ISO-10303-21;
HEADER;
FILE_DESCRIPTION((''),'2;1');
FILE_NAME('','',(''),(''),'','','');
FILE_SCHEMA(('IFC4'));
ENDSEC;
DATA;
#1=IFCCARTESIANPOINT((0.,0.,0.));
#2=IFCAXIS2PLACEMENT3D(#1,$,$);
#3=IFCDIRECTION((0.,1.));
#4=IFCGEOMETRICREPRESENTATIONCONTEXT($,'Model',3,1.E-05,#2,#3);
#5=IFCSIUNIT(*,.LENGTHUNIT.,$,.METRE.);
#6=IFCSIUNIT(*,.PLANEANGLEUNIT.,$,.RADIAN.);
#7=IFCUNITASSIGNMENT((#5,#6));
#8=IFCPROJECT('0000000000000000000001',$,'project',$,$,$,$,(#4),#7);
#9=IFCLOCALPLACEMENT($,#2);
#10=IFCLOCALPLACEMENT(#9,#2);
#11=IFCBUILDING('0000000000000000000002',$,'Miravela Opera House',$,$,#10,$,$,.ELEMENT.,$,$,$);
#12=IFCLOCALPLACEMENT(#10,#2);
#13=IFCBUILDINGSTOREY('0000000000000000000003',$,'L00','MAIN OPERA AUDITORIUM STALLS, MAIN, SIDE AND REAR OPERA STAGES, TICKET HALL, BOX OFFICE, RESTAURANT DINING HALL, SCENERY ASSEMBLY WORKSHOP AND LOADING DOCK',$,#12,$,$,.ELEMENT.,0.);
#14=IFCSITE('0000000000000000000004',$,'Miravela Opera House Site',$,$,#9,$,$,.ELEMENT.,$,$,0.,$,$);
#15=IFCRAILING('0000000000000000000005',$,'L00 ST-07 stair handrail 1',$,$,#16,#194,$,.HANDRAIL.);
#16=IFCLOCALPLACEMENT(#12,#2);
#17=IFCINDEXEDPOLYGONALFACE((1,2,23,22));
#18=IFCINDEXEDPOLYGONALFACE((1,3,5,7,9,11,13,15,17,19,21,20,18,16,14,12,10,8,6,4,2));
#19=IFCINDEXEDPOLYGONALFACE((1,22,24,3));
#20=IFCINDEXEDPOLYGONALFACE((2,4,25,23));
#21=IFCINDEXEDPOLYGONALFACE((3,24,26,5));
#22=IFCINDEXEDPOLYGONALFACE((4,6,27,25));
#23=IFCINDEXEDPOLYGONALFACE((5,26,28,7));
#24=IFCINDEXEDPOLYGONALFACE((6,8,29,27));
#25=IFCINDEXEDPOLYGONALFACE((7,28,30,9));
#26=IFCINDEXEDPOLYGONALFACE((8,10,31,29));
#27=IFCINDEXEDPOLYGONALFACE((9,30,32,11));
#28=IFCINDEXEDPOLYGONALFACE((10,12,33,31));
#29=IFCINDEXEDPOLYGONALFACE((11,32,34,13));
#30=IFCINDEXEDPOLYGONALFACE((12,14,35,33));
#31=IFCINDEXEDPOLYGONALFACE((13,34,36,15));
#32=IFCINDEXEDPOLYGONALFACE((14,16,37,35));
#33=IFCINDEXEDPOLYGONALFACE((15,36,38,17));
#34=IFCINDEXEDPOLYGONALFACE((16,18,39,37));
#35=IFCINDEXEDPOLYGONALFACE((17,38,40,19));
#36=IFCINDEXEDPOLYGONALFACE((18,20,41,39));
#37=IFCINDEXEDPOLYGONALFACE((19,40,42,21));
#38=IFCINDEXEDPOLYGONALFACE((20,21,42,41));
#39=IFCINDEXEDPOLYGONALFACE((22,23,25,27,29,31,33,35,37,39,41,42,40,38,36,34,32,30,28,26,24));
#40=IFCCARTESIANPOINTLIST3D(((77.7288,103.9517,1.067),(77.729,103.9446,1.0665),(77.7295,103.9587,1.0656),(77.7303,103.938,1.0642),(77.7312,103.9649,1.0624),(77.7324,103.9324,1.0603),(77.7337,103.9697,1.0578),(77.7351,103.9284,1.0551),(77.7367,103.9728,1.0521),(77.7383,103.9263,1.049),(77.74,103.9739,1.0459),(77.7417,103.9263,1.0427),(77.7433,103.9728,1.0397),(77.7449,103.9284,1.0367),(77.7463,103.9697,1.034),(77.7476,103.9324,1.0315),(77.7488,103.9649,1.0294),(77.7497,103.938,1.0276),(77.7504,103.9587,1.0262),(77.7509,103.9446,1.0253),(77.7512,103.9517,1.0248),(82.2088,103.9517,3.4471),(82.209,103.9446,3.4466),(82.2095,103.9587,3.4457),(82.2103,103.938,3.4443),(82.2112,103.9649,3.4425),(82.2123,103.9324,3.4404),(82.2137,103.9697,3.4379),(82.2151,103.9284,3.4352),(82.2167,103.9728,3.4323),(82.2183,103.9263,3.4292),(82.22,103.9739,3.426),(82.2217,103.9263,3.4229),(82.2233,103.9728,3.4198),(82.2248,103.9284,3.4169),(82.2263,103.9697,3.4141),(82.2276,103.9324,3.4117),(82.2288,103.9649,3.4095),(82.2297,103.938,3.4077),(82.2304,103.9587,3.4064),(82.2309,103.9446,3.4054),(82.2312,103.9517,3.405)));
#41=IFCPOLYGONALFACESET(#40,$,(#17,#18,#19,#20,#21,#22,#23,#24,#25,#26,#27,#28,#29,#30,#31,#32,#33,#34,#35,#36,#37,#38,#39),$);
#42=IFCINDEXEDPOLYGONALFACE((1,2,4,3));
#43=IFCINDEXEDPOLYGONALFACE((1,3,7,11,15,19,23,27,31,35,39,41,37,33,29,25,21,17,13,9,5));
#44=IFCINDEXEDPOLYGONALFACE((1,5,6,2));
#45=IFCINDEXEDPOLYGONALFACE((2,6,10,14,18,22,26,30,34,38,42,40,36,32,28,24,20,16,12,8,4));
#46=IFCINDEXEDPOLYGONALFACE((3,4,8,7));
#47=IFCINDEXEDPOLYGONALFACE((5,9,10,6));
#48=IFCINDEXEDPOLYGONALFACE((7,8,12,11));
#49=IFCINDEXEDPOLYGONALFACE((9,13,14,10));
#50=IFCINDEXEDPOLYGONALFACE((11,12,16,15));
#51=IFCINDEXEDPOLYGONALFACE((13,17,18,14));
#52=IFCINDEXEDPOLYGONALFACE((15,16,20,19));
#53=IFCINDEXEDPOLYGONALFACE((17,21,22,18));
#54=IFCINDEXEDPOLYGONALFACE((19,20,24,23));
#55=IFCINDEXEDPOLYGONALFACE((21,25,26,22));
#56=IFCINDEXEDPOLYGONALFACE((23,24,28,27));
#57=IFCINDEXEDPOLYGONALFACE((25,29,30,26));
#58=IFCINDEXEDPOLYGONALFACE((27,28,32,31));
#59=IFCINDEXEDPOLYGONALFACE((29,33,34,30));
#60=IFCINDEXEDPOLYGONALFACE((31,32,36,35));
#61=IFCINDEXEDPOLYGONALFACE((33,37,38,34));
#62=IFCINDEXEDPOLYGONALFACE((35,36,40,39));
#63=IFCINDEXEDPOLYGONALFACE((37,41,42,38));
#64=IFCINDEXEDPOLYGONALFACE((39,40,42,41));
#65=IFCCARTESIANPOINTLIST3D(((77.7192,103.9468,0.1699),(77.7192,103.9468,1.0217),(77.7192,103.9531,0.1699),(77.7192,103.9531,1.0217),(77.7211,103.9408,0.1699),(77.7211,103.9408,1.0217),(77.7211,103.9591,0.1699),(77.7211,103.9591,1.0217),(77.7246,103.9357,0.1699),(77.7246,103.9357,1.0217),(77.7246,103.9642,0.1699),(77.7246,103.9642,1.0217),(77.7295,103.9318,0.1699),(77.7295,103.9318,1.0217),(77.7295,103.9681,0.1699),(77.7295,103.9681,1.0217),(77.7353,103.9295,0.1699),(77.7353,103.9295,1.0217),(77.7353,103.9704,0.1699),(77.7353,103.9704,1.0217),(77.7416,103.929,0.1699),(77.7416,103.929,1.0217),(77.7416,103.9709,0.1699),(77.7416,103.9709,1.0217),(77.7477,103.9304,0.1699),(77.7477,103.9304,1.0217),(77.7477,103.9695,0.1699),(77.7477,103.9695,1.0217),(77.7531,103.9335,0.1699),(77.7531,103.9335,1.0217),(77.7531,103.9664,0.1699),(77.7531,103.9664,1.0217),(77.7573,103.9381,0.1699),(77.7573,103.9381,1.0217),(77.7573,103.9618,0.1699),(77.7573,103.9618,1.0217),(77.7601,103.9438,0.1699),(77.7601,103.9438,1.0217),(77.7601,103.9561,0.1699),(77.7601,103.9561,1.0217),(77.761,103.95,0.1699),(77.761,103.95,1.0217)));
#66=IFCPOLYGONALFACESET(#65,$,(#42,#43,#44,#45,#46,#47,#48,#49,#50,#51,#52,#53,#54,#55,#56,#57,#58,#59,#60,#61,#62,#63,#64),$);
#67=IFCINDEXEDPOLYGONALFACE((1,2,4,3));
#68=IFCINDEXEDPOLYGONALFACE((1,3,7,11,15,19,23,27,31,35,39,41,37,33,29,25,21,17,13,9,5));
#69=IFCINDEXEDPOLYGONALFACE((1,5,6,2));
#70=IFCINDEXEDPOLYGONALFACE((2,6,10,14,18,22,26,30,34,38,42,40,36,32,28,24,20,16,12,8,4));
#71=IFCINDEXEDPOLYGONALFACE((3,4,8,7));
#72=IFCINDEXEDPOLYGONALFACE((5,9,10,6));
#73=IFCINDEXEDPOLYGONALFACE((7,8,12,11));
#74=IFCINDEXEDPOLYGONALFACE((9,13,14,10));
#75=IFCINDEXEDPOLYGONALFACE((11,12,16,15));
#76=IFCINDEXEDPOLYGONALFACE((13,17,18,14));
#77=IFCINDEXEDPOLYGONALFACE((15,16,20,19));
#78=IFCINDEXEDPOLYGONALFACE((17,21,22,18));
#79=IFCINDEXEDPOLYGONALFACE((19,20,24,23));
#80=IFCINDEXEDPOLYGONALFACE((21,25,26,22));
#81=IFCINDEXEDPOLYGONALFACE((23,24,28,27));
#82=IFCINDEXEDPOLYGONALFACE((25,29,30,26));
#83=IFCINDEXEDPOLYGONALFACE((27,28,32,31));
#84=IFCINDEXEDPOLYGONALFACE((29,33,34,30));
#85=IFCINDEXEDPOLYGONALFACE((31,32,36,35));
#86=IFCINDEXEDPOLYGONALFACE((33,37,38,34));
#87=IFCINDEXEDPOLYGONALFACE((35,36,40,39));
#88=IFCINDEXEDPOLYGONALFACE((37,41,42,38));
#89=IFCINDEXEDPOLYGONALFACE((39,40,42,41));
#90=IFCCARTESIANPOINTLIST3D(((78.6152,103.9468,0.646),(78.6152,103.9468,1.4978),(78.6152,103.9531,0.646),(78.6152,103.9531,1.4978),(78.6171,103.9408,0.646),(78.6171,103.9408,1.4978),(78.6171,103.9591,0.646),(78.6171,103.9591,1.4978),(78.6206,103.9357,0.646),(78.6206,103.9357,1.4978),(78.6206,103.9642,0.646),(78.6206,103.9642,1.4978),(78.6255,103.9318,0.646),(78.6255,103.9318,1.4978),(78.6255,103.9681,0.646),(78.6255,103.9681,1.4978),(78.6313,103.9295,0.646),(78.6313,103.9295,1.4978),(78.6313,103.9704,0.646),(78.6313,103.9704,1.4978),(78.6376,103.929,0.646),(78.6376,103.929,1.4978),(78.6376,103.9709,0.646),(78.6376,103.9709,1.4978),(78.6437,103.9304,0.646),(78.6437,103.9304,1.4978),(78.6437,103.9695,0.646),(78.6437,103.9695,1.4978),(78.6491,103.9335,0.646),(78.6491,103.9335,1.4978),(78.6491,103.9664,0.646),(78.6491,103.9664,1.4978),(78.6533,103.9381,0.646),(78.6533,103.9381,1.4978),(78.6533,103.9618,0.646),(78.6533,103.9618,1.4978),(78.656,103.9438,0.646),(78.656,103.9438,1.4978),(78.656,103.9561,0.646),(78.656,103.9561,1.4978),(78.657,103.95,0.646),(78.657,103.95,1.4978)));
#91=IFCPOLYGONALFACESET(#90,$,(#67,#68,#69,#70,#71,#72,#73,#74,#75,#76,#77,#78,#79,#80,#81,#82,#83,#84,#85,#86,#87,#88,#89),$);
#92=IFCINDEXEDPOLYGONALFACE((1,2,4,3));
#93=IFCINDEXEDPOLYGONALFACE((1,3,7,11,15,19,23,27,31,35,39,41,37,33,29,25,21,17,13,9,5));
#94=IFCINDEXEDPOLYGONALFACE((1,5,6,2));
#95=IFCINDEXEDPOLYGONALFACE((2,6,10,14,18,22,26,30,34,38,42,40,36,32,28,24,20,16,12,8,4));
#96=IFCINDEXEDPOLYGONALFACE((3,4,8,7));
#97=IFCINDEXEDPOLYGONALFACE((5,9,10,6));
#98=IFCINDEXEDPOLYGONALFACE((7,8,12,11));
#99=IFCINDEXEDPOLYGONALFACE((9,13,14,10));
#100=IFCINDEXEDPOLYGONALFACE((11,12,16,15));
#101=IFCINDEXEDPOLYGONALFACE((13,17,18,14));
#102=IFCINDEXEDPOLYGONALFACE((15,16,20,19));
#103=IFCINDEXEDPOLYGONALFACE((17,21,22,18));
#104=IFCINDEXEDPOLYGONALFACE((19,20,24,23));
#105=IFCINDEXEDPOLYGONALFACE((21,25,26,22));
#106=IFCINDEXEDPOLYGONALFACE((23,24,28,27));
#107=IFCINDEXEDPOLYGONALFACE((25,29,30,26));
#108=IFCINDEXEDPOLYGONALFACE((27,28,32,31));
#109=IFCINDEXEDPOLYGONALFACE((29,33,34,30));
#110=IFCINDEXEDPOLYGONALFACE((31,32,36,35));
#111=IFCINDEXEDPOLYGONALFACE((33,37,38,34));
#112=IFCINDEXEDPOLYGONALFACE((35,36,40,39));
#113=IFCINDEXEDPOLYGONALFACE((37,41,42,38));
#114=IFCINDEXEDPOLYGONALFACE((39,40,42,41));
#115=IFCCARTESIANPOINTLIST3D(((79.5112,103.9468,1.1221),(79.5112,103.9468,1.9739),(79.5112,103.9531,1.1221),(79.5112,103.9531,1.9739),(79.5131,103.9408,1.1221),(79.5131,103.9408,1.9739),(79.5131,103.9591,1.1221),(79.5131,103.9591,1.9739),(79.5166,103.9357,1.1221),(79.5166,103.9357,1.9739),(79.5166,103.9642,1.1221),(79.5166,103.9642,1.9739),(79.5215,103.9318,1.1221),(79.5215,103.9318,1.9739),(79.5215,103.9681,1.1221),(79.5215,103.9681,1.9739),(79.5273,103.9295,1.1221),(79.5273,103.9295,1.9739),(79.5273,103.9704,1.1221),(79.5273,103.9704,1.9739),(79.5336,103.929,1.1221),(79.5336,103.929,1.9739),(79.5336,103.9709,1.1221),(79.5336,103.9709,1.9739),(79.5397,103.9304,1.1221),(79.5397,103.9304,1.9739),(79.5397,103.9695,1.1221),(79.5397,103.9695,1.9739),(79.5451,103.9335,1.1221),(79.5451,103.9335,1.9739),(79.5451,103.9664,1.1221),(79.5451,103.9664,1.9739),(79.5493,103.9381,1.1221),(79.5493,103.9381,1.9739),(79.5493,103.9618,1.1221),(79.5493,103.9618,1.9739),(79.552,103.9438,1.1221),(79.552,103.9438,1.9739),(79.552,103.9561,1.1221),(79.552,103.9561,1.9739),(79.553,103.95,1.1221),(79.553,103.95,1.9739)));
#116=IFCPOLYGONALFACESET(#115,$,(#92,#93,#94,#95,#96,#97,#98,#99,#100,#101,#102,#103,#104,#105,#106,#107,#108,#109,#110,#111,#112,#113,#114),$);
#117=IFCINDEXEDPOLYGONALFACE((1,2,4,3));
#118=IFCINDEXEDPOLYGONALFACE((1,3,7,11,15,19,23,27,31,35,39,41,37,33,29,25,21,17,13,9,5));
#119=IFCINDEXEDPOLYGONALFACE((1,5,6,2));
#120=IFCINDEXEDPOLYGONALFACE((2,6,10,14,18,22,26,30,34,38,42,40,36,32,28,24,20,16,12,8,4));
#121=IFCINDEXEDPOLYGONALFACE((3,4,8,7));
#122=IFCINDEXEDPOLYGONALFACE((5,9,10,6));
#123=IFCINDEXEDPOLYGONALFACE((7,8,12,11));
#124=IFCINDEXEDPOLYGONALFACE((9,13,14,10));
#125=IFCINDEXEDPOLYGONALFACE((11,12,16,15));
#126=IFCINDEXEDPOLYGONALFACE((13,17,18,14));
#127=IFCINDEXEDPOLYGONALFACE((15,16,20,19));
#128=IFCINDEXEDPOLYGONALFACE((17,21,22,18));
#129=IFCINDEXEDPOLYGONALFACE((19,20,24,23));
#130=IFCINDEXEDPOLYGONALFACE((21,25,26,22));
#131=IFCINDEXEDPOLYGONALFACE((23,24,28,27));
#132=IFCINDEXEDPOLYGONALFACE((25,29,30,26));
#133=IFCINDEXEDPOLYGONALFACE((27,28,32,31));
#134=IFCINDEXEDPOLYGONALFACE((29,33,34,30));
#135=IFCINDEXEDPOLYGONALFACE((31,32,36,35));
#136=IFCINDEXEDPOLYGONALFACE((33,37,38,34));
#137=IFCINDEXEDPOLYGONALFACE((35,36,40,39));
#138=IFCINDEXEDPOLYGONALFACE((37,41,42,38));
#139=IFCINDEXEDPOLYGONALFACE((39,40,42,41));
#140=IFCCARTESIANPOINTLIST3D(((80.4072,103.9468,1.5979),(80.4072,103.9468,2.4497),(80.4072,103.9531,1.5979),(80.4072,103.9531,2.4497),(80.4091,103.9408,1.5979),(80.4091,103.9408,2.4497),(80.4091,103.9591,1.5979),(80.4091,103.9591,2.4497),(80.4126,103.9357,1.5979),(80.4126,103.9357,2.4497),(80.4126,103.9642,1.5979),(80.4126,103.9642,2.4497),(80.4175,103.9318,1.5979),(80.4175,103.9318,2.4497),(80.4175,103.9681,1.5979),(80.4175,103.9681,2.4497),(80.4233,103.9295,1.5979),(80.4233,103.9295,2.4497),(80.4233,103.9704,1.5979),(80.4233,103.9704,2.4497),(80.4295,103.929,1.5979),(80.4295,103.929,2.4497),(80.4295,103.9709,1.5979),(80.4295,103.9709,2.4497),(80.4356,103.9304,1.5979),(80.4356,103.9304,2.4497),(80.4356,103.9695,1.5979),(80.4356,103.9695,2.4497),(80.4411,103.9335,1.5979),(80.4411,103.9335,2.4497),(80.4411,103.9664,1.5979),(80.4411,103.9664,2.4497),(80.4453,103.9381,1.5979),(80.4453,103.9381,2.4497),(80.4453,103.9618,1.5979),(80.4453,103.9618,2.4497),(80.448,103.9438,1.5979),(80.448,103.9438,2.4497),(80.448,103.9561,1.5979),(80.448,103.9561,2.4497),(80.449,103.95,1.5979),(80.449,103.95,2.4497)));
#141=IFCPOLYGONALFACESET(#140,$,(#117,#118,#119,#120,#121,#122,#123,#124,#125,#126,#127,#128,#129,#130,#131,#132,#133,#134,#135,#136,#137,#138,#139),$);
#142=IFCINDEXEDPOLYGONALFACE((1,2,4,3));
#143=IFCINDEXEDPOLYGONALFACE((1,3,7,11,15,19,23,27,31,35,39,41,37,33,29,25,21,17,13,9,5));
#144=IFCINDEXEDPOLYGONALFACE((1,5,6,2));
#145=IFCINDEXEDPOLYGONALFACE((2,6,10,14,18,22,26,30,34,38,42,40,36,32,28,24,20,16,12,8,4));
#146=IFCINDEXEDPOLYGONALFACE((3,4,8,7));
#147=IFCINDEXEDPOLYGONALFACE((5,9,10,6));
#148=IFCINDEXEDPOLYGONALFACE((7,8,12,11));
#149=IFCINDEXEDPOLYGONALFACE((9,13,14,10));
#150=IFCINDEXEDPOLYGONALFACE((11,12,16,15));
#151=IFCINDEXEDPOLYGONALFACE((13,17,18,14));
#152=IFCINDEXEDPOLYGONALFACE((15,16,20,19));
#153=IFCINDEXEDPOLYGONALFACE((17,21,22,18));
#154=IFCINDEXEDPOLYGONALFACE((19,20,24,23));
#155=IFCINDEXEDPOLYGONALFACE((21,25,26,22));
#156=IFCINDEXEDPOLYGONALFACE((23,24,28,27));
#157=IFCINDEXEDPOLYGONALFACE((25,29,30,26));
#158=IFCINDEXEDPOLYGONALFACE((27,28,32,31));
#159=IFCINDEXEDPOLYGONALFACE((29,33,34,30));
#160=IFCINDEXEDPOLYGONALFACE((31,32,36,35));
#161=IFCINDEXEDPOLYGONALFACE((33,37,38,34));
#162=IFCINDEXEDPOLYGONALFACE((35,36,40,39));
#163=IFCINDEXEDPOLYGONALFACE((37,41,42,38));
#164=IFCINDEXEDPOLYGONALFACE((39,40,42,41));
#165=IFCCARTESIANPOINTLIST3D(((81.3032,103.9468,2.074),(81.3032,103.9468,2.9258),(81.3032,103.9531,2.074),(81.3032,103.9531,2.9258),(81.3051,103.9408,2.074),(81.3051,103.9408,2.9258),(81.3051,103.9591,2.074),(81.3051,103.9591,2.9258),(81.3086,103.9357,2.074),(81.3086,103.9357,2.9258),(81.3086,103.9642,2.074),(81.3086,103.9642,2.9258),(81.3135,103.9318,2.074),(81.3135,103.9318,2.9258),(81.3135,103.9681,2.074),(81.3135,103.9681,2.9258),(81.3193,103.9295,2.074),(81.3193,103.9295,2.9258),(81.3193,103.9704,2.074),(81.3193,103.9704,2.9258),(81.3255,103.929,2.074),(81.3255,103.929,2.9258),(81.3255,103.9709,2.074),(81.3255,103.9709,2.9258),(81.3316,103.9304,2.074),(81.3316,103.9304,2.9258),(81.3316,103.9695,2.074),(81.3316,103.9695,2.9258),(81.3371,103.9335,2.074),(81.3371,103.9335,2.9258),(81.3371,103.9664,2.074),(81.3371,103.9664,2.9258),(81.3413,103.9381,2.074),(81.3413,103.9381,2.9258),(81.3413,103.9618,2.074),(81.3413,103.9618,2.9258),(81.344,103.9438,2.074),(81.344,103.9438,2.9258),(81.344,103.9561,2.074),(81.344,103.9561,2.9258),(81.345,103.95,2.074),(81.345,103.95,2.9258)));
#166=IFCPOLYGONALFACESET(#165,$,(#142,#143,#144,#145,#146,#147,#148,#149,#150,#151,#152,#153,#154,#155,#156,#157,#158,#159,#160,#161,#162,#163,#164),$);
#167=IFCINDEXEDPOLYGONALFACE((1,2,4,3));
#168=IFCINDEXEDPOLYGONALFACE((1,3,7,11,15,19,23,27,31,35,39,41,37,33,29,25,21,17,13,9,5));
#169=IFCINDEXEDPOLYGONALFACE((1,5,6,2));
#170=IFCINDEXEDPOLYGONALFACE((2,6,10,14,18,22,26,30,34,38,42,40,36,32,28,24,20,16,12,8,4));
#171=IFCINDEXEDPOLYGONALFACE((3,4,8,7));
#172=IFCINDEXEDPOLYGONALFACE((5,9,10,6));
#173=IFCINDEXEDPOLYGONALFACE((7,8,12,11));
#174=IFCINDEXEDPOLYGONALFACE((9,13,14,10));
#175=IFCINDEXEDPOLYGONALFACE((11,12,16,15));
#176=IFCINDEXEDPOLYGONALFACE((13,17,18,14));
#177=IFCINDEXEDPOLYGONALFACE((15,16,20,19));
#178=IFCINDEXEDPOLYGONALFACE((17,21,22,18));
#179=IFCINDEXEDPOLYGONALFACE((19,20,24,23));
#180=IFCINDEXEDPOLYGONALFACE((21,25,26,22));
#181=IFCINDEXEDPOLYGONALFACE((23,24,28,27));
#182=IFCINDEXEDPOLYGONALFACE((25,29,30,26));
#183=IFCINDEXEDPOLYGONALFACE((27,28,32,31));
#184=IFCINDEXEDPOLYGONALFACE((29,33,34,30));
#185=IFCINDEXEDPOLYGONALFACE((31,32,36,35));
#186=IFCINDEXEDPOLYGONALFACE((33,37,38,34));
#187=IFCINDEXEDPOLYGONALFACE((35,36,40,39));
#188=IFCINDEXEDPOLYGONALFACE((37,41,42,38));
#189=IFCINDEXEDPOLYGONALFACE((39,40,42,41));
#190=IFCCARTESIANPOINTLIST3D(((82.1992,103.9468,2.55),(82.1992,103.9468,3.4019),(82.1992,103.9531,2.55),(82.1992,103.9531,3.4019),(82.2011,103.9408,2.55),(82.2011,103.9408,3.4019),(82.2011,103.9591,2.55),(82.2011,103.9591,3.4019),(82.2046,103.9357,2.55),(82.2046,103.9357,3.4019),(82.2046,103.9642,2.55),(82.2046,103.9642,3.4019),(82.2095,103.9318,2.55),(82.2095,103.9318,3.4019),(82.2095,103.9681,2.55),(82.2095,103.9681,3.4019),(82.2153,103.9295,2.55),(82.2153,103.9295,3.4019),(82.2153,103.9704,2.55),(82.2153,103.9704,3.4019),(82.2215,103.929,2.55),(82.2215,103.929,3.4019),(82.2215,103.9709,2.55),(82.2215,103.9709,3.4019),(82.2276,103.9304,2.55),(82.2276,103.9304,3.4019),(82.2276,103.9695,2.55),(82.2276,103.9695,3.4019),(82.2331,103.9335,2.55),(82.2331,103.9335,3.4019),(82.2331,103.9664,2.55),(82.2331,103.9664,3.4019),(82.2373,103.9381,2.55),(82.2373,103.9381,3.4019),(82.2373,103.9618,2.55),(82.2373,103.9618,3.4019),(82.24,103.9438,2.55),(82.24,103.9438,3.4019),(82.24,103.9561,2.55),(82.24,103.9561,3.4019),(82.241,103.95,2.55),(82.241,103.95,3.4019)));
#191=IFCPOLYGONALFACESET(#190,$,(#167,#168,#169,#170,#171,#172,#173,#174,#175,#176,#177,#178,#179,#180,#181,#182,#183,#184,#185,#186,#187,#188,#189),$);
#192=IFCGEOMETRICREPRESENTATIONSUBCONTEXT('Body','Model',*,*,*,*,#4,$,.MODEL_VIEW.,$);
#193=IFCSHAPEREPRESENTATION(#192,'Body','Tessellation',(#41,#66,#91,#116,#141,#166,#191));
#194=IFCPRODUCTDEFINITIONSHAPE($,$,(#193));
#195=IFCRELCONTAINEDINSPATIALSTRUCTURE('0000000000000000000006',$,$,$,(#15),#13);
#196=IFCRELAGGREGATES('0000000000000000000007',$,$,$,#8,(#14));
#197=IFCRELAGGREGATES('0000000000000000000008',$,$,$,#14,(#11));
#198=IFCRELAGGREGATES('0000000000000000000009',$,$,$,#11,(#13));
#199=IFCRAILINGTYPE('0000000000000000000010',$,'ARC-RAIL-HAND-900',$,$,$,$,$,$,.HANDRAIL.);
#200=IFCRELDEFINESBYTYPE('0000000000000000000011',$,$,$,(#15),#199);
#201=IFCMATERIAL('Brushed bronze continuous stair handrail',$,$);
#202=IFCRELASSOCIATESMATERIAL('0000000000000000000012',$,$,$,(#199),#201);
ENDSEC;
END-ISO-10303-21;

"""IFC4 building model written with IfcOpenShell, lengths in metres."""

from ifc_helpers import new_model, si_unit, direction, frame, origin, origin_2d, place, context, subcontext, project, spatial, circle, extrude, material, type_object, element, save


model = new_model("IFC4")

# Units and contexts
model_context = context("Model", 3, precision=1e-05, world=origin(), true_north=direction((0.0, 1.0)))
body_context = subcontext(model_context, "Body", "Model", "MODEL_VIEW")
ifc_project = project(units=[si_unit("LENGTHUNIT", "METRE"), si_unit("PLANEANGLEUNIT", "RADIAN")], contexts=[model_context])

# Site, building, storey
site_placement = place(None, origin())
site = spatial("IfcSite", under=ifc_project, at=site_placement, Name="Miravela Opera House Site", CompositionType="ELEMENT", RefElevation=0.0)
building_placement = place(site_placement, origin())
building = spatial("IfcBuilding", under=site, at=building_placement, Name="Miravela Opera House", CompositionType="ELEMENT")
storey_placement = place(building_placement, origin())
storey = spatial("IfcBuildingStorey", under=building, at=storey_placement, Name="L00", Description="MAIN OPERA AUDITORIUM STALLS, MAIN, SIDE AND REAR OPERA STAGES, TICKET HALL, BOX OFFICE, RESTAURANT DINING HALL, SCENERY ASSEMBLY WORKSHOP AND LOADING DOCK", CompositionType="ELEMENT", Elevation=0.0)

# Railing
ifc_material_1 = material(Name="Brushed bronze continuous stair handrail")
railing_type_1 = type_object("IfcRailingType", Name="ARC-RAIL-HAND-900", PredefinedType="HANDRAIL", material=ifc_material_1)
railing_1_placement = place(storey_placement, frame((77.74, 103.95, 0.1699)))
element("IfcRailing", 1, at=railing_1_placement, inside=storey, type_object=railing_type_1, Name="L00 ST-07 stair handrail 1", PredefinedType="HANDRAIL", context=body_context, shape_type="SweptSolid", body=[
    extrude(circle(Radius=0.0239, at=origin_2d()), frame((0.0, 0.0, 0.876), z_axis=(0.883105, 0.0, 0.469176), x_axis=(0.0, 1.0, 0.0)), (0.0, 0.0, 1.0), 5.073),
    extrude(circle(Radius=0.021, at=origin_2d()), origin(), (0.0, 0.0, 1.0), 0.8518),
    extrude(circle(Radius=0.021, at=origin_2d()), frame((0.896, 0.0, 0.4761)), (0.0, 0.0, 1.0), 0.8518),
    extrude(circle(Radius=0.021, at=origin_2d()), frame((1.792, 0.0, 0.9521)), (0.0, 0.0, 1.0), 0.8518),
    extrude(circle(Radius=0.021, at=origin_2d()), frame((2.688, 0.0, 1.428)), (0.0, 0.0, 1.0), 0.8518),
    extrude(circle(Radius=0.021, at=origin_2d()), frame((3.584, 0.0, 1.9041)), (0.0, 0.0, 1.0), 0.8518),
    extrude(circle(Radius=0.021, at=origin_2d()), frame((4.48, 0.0, 2.3801)), (0.0, 0.0, 1.0), 0.8518),
])

save(model, "model.ifc")
